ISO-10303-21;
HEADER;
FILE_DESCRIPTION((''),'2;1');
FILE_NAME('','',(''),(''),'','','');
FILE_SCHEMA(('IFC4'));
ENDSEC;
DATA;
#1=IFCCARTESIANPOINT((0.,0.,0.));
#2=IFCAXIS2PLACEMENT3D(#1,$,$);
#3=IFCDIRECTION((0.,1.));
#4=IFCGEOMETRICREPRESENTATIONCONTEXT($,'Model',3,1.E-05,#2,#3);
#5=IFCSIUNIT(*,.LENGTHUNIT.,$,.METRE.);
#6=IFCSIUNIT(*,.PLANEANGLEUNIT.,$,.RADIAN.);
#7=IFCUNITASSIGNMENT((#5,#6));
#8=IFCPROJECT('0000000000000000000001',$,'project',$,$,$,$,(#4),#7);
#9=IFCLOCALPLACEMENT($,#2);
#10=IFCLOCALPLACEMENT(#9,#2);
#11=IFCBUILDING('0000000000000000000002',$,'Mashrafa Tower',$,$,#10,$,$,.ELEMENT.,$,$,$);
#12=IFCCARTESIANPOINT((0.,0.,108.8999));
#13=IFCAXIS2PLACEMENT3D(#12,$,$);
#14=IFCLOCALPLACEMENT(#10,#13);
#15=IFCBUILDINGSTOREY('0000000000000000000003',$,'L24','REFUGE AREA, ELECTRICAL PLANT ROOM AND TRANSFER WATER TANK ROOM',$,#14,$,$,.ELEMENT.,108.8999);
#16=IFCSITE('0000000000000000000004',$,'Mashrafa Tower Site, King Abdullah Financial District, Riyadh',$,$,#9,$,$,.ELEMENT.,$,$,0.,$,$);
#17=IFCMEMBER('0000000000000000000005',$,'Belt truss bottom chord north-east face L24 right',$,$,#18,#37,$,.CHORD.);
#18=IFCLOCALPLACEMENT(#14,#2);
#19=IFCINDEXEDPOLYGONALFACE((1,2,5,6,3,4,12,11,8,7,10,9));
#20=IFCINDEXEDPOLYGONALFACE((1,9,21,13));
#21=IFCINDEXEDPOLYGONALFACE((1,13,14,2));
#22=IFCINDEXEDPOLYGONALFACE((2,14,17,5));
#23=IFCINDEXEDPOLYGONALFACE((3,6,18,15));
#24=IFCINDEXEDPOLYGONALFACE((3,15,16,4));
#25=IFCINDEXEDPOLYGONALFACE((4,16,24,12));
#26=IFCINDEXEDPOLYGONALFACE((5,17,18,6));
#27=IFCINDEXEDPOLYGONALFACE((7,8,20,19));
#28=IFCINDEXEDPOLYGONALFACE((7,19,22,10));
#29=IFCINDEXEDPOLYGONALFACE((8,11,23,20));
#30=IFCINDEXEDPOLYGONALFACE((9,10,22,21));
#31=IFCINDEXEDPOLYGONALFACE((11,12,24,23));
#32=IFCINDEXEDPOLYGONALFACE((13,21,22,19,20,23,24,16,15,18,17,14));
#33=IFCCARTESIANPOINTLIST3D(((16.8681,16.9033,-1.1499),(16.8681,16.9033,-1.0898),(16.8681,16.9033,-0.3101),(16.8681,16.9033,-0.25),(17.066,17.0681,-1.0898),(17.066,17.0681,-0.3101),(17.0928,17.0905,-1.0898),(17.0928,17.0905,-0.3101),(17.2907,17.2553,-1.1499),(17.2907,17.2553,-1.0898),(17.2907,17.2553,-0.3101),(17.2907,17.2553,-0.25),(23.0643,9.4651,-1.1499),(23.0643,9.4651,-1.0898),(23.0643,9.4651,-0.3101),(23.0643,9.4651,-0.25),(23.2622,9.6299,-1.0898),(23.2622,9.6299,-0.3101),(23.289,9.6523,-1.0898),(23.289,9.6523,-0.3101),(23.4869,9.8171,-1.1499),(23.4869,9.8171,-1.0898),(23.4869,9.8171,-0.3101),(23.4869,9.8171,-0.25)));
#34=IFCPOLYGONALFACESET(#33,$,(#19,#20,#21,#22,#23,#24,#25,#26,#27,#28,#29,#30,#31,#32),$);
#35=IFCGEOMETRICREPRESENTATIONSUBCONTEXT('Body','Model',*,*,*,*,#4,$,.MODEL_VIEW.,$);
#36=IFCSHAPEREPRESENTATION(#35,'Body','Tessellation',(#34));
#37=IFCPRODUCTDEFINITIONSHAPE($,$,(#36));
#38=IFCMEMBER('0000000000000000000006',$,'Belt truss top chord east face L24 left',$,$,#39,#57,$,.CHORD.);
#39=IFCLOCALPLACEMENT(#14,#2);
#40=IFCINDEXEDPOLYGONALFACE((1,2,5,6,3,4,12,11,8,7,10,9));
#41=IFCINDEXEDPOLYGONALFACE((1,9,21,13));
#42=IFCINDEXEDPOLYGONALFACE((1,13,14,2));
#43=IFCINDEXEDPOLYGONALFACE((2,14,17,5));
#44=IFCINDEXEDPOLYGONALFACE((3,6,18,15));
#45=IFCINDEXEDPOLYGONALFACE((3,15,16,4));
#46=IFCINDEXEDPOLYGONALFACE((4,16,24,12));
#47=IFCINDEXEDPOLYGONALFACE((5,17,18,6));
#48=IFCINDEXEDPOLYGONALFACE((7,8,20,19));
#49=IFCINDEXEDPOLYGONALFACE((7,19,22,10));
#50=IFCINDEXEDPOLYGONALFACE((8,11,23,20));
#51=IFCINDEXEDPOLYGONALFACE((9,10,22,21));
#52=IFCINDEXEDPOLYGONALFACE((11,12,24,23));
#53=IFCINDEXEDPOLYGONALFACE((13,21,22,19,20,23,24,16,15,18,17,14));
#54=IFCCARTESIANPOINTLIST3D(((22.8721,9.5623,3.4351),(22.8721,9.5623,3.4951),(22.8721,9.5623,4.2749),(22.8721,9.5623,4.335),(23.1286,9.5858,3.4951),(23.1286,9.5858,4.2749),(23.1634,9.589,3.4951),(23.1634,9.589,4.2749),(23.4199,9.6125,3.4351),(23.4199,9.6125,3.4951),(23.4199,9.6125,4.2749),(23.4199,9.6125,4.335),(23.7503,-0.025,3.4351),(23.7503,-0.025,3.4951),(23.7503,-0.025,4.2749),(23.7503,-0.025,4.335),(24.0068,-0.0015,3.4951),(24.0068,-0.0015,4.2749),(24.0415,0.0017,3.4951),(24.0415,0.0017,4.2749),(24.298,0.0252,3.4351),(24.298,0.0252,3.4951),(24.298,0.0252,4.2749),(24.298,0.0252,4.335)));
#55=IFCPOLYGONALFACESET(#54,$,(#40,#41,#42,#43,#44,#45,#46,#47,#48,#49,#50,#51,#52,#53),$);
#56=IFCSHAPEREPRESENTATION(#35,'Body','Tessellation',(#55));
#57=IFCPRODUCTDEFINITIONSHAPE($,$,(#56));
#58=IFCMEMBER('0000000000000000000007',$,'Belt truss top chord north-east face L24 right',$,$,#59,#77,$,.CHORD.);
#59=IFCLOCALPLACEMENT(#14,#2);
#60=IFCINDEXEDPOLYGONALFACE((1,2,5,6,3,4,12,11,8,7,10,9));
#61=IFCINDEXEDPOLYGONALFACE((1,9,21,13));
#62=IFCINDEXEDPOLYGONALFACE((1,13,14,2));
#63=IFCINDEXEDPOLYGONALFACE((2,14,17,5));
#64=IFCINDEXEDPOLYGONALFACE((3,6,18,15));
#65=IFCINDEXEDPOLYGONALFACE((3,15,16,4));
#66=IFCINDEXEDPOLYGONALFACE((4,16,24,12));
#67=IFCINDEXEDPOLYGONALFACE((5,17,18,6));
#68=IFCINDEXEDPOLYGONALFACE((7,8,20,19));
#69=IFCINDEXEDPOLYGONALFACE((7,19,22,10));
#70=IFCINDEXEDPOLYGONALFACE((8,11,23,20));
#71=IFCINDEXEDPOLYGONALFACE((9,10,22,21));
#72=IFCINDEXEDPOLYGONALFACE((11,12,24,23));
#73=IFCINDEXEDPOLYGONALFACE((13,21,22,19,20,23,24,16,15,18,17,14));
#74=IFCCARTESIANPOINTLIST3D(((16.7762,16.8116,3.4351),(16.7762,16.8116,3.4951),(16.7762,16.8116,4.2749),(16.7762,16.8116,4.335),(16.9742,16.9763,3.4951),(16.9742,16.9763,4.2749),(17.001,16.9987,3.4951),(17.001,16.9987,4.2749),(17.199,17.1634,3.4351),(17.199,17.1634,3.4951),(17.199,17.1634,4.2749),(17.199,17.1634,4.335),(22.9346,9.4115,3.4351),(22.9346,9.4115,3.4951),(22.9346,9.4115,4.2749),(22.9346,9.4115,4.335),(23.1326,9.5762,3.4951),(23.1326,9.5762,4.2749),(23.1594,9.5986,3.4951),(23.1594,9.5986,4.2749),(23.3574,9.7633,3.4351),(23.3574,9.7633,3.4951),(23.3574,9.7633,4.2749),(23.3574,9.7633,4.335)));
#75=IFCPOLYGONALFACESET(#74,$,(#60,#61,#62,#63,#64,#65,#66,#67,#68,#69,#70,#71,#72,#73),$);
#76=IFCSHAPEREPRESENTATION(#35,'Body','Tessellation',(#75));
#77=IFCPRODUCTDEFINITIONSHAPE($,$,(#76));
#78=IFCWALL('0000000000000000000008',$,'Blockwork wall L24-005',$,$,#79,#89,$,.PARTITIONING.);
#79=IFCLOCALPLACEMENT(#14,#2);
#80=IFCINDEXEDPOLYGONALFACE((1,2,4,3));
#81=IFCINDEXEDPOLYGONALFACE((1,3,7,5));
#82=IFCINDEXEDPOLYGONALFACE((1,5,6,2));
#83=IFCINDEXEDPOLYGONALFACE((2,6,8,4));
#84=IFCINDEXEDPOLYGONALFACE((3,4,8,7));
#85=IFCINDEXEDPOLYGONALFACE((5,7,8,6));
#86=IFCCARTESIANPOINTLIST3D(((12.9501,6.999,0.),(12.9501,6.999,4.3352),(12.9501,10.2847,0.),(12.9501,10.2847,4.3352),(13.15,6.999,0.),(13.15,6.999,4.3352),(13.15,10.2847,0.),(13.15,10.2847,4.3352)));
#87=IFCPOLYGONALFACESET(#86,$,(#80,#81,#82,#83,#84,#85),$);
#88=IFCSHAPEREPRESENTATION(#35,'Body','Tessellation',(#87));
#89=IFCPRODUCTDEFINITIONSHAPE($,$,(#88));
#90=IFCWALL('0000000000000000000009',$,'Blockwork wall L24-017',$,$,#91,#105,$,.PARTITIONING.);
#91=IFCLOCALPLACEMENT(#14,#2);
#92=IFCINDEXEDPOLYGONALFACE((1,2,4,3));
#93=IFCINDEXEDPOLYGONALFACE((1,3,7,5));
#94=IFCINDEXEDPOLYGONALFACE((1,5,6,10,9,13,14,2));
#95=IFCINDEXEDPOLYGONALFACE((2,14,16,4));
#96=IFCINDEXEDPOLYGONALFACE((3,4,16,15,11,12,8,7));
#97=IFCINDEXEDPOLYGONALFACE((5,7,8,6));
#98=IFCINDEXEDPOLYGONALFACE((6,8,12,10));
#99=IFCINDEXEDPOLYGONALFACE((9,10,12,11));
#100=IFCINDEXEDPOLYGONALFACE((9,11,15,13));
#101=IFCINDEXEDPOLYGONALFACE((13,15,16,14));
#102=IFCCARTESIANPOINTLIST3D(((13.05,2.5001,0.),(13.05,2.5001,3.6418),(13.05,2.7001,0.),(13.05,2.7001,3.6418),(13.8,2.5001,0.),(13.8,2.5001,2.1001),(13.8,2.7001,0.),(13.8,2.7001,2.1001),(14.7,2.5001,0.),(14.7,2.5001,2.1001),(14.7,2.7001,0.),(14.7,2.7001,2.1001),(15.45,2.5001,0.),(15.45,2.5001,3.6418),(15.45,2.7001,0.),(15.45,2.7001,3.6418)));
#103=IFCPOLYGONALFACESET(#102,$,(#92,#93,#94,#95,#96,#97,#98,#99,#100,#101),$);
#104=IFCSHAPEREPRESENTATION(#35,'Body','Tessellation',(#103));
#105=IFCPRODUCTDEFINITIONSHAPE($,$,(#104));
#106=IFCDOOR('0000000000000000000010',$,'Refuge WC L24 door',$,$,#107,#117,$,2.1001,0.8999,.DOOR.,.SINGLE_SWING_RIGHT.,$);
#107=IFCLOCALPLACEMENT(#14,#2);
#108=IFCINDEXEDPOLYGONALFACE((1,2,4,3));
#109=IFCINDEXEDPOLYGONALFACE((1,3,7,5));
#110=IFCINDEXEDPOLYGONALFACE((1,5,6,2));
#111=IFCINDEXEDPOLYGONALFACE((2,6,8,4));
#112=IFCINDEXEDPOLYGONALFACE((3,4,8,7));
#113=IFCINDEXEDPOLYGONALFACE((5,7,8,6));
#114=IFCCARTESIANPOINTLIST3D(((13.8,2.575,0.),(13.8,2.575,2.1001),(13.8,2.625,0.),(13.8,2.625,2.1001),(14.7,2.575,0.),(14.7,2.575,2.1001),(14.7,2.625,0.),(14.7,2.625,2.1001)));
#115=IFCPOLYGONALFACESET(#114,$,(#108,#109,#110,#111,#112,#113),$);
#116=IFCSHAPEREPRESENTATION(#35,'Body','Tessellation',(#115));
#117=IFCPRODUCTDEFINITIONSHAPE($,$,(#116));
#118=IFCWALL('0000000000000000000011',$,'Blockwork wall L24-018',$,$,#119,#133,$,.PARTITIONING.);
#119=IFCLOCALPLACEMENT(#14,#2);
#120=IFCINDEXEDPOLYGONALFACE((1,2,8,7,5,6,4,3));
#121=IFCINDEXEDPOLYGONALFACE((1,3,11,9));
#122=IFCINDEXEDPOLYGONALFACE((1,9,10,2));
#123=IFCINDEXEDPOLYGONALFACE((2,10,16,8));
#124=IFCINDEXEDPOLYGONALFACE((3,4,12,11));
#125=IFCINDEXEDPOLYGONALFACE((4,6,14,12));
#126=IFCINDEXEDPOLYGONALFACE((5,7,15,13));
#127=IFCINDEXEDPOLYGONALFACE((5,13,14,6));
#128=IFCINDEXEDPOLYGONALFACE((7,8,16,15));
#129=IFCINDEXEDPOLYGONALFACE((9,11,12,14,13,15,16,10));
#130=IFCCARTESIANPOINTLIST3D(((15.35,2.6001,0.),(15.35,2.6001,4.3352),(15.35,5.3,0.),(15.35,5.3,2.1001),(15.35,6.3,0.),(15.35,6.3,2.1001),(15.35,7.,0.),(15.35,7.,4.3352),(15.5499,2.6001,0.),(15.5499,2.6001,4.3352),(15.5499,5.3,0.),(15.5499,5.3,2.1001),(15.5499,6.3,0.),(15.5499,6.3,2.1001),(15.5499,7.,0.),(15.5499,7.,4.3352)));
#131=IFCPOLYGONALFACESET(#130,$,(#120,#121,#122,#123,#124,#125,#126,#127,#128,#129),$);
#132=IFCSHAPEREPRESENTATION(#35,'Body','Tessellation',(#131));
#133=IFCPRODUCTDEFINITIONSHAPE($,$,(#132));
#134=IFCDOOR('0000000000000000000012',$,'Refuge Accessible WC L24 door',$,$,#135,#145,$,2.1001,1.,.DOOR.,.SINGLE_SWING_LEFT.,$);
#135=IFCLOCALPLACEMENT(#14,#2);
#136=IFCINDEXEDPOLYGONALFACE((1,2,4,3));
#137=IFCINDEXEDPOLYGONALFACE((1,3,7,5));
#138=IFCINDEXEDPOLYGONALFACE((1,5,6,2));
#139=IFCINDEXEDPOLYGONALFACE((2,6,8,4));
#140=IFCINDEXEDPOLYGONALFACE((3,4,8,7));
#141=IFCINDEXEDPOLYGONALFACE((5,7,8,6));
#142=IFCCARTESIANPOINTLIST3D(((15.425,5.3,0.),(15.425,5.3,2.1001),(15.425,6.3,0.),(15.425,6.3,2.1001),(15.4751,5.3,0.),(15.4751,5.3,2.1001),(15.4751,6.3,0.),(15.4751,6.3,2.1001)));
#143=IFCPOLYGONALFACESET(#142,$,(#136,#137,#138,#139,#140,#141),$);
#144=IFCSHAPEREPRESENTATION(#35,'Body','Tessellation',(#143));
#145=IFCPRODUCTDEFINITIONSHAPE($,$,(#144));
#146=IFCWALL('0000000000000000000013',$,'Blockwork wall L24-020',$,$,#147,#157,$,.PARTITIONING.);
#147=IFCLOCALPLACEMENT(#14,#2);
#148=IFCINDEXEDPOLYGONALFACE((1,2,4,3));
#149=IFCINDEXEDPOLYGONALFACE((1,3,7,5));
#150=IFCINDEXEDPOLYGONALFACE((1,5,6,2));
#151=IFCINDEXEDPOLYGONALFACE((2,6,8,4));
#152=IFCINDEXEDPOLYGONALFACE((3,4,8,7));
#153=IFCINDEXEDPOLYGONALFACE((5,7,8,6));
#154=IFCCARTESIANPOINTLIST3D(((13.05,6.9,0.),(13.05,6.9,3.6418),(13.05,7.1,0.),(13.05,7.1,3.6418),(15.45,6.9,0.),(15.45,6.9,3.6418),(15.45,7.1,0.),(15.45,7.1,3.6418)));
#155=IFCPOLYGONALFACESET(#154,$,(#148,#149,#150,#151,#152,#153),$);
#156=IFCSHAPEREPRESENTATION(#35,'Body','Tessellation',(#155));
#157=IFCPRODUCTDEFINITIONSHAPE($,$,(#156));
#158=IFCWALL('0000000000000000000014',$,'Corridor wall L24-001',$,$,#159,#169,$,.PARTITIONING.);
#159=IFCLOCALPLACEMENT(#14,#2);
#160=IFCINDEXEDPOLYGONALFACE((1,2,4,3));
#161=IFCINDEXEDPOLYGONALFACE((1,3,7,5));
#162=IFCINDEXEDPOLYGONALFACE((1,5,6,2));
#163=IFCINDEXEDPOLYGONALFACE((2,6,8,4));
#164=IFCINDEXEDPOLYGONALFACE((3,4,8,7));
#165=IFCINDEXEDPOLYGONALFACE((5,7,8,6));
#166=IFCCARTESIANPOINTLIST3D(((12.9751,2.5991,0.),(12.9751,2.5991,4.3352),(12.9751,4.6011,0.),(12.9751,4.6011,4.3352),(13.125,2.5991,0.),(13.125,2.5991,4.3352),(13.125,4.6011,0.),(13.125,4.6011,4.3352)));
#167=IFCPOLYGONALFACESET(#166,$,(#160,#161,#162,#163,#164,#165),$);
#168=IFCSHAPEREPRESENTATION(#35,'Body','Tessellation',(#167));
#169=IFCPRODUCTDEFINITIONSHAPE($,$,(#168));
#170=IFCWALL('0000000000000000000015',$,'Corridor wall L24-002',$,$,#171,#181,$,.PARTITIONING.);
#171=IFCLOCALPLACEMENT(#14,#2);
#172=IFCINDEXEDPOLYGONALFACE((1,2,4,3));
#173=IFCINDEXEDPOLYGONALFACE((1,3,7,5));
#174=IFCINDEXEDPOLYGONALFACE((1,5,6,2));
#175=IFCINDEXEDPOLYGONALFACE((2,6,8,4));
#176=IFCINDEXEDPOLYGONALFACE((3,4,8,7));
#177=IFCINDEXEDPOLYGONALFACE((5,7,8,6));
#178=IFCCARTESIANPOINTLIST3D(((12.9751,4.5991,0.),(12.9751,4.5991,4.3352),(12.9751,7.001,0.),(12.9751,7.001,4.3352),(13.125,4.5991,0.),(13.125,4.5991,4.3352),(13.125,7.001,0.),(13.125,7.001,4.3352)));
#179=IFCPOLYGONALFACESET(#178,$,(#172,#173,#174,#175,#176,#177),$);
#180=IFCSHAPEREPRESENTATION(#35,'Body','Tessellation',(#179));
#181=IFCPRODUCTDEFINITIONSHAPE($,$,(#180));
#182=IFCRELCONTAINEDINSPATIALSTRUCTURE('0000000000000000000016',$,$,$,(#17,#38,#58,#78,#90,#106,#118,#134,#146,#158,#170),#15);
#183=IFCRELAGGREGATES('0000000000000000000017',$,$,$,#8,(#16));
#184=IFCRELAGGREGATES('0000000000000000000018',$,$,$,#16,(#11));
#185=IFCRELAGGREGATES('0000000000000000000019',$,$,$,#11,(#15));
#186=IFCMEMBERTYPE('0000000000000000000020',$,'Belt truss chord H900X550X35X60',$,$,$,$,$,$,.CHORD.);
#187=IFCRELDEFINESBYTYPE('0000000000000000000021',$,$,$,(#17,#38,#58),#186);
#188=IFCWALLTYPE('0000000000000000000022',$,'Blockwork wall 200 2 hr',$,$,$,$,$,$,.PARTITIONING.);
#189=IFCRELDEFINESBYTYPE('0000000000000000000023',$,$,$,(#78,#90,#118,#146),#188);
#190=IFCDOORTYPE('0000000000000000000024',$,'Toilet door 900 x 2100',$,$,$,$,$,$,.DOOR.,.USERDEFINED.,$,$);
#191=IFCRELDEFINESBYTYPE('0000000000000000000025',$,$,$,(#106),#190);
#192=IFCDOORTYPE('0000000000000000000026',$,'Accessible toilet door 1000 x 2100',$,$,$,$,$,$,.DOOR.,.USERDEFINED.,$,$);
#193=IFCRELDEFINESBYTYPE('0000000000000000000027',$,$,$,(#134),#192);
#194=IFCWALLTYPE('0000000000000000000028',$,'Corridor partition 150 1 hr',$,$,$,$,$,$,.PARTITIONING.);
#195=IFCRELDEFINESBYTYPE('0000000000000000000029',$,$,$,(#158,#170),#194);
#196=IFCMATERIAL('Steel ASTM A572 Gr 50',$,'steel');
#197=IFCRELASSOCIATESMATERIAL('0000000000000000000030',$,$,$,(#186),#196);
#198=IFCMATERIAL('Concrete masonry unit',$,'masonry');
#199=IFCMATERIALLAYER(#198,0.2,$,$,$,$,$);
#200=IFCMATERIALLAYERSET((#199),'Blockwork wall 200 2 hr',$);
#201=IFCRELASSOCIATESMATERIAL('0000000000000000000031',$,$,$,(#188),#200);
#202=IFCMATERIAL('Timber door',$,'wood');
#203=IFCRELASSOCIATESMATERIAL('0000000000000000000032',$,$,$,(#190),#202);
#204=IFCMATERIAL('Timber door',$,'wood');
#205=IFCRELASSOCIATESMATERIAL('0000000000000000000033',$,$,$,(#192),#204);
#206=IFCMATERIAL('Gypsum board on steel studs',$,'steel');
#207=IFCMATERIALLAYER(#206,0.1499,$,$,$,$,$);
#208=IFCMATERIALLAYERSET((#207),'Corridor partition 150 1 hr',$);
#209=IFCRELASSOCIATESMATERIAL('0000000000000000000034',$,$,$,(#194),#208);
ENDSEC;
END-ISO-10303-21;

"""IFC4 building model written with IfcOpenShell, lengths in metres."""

from ifc_helpers import new_model, si_unit, direction, frame, frame_2d, origin, origin_2d, place, context, subcontext, project, spatial, rectangle, i_section, extrude, source, transform, mapped, material, layer, layer_set, material_profile, profile_set, type_object, type_shapes, element, fill, save


model = new_model("IFC4")

# Units and contexts
model_context = context("Model", 3, precision=1e-05, world=origin(), true_north=direction((0.0, 1.0)))
body_context = subcontext(model_context, "Body", "Model", "MODEL_VIEW")
ifc_project = project(units=[si_unit("LENGTHUNIT", "METRE"), si_unit("PLANEANGLEUNIT", "RADIAN")], contexts=[model_context])

# Site, building, storey
site_placement = place(None, origin())
site = spatial("IfcSite", under=ifc_project, at=site_placement, Name="Mashrafa Tower Site, King Abdullah Financial District, Riyadh", CompositionType="ELEMENT", RefElevation=0.0)
building_placement = place(site_placement, origin())
building = spatial("IfcBuilding", under=site, at=building_placement, Name="Mashrafa Tower", CompositionType="ELEMENT")
storey_placement = place(building_placement, frame((0.0, 0.0, 108.8999)))
storey = spatial("IfcBuildingStorey", under=building, at=storey_placement, Name="L24", Description="REFUGE AREA, ELECTRICAL PLANT ROOM AND TRANSFER WATER TANK ROOM", CompositionType="ELEMENT", Elevation=108.8999)

# Members
ifc_material_1 = material(Name="Steel ASTM A572 Gr 50", Category="steel")
ifc_material_profile_1 = material_profile(ifc_material_1, i_section(OverallWidth=0.55, OverallDepth=0.8999, WebThickness=0.0349, FlangeThickness=0.0601, at=origin_2d()), Name="H900X550X35X60")
ifc_profile_set_1 = profile_set([ifc_material_profile_1], Name="Steel ASTM A572 Gr 50")
member_type = type_object("IfcMemberType", Name="Belt truss chord H900X550X35X60", PredefinedType="CHORD", material=ifc_profile_set_1)
shared_shape_1 = source(origin(), body_context, "Body", "SweptSolid", [
    extrude(i_section(OverallWidth=0.55, OverallDepth=0.8999, WebThickness=0.0349, FlangeThickness=0.0601, at=origin_2d()), origin(), (0.0, 0.0, 1.0), 9.6809),
])
for number, where, z_axis, x_axis, name in (
    (1, (23.2756, 9.6411, -0.7), (-0.640048, 0.768335, 0.0), (-0.768335, -0.640048, 0.0), "Belt truss bottom chord north-east face L24 right"),
):
    element("IfcMember", number, at=place(storey_placement, frame(where, z_axis=z_axis, x_axis=x_axis)), inside=storey, type_object=member_type, Name=name, PredefinedType="CHORD", context=body_context, shape_type="MappedRepresentation", body=[
        mapped(shared_shape_1, transform((0.0, 0.0, 0.0))),
    ])
shared_shape_2 = source(origin(), body_context, "Body", "SweptSolid", [
    extrude(i_section(OverallWidth=0.55, OverallDepth=0.8999, WebThickness=0.0349, FlangeThickness=0.0601, at=origin_2d()), origin(), (0.0, 0.0, 1.0), 9.6274),
])
type_shapes(member_type, [shared_shape_1, shared_shape_2])
for number, where, z_axis, x_axis, name in (
    (2, (23.146, 9.5874, 3.885), (0.091215, -0.995831, 0.0), (0.995831, 0.091215, 0.0), "Belt truss top chord east face L24 left"),
    (3, (23.146, 9.5874, 3.885), (-0.639673, 0.768647, 0.0), (-0.768647, -0.639673, 0.0), "Belt truss top chord north-east face L24 right"),
):
    element("IfcMember", number, at=place(storey_placement, frame(where, z_axis=z_axis, x_axis=x_axis)), inside=storey, type_object=member_type, Name=name, PredefinedType="CHORD", context=body_context, shape_type="MappedRepresentation", body=[
        mapped(shared_shape_2, transform((0.0, 0.0, 0.0))),
    ])

# Wall
ifc_material_2 = material(Name="Concrete masonry unit", Category="masonry")
ifc_layer_1 = layer(ifc_material_2, 0.2)
ifc_layer_set_1 = layer_set([ifc_layer_1], Name="Blockwork wall 200 2 hr")
wall_type_1 = type_object("IfcWallType", Name="Blockwork wall 200 2 hr", PredefinedType="PARTITIONING", material=ifc_layer_set_1)
wall_1_placement = place(storey_placement, frame((13.05, 6.999, 0.0), z_axis=(0.0, 0.0, 1.0), x_axis=(0.0, 1.0, 0.0)))
element("IfcWall", 4, at=wall_1_placement, inside=storey, type_object=wall_type_1, Name="Blockwork wall L24-005", PredefinedType="PARTITIONING", context=body_context, shape_type="SweptSolid", body=[
    extrude(rectangle(XDim=3.2856, YDim=0.2, at=frame_2d((1.6428, 0.0))), origin(), (0.0, 0.0, 1.0), 4.3352),
])

# Walls, openings, doors
wall_2_placement = place(storey_placement, frame((13.05, 2.6001, 0.0), z_axis=(0.0, 0.0, 1.0), x_axis=(1.0, 0.0, 0.0)))
wall_2 = element("IfcWall", 5, at=wall_2_placement, inside=storey, type_object=wall_type_1, Name="Blockwork wall L24-017", PredefinedType="PARTITIONING", context=body_context, shape_type="SweptSolid", body=[
    extrude(rectangle(XDim=2.3999, YDim=0.2, at=frame_2d((1.2, 0.0))), origin(), (0.0, 0.0, 1.0), 3.6418),
])
opening_1_placement = place(wall_2_placement, frame((0.75, 0.0, 0.0)))
opening_1 = element("IfcOpeningElement", 6, at=opening_1_placement, cuts=wall_2, PredefinedType="OPENING", context=body_context, shape_type="SweptSolid", body=[
    extrude(rectangle(XDim=0.8999, YDim=2.1001, at=frame_2d((0.45, 1.05))), frame((0.0, 0.1099, 0.0), z_axis=(0.0, -1.0, 0.0), x_axis=(1.0, 0.0, 0.0)), (0.0, 0.0, 1.0), 0.22),
])
ifc_material_3 = material(Name="Timber door", Category="wood")
door_type_1 = type_object("IfcDoorType", Name="Toilet door 900 x 2100", OperationType="USERDEFINED", PredefinedType="DOOR", material=ifc_material_3)
door_1_placement = place(opening_1_placement, origin())
door_1 = element("IfcDoor", 7, at=door_1_placement, inside=storey, type_object=door_type_1, Name="Refuge WC L24 door", OperationType="SINGLE_SWING_RIGHT", OverallHeight=2.1001, OverallWidth=0.8999, PredefinedType="DOOR", context=body_context, shape_type="SweptSolid", body=[
    extrude(rectangle(XDim=0.8999, YDim=2.1001, at=frame_2d((0.45, 1.05))), frame((0.0, 0.0249, 0.0), z_axis=(0.0, -1.0, 0.0), x_axis=(1.0, 0.0, 0.0)), (0.0, 0.0, 1.0), 0.05),
])
fill(opening_1, door_1)
wall_3_placement = place(storey_placement, frame((15.45, 2.6001, 0.0), z_axis=(0.0, 0.0, 1.0), x_axis=(0.0, 1.0, 0.0)))
wall_3 = element("IfcWall", 8, at=wall_3_placement, inside=storey, type_object=wall_type_1, Name="Blockwork wall L24-018", PredefinedType="PARTITIONING", context=body_context, shape_type="SweptSolid", body=[
    extrude(rectangle(XDim=4.3999, YDim=0.2, at=frame_2d((2.2, 0.0))), origin(), (0.0, 0.0, 1.0), 4.3352),
])
opening_2_placement = place(wall_3_placement, frame((2.7, 0.0, 0.0)))
opening_2 = element("IfcOpeningElement", 9, at=opening_2_placement, cuts=wall_3, PredefinedType="OPENING", context=body_context, shape_type="SweptSolid", body=[
    extrude(rectangle(XDim=1.0, YDim=2.1001, at=frame_2d((0.5, 1.05))), frame((0.0, 0.1099, 0.0), z_axis=(0.0, -1.0, 0.0), x_axis=(1.0, 0.0, 0.0)), (0.0, 0.0, 1.0), 0.22),
])
ifc_material_4 = material(Name="Timber door", Category="wood")
door_type_2 = type_object("IfcDoorType", Name="Accessible toilet door 1000 x 2100", OperationType="USERDEFINED", PredefinedType="DOOR", material=ifc_material_4)
door_2_placement = place(opening_2_placement, origin())
door_2 = element("IfcDoor", 10, at=door_2_placement, inside=storey, type_object=door_type_2, Name="Refuge Accessible WC L24 door", OperationType="SINGLE_SWING_LEFT", OverallHeight=2.1001, OverallWidth=1.0, PredefinedType="DOOR", context=body_context, shape_type="SweptSolid", body=[
    extrude(rectangle(XDim=1.0, YDim=2.1001, at=frame_2d((0.5, 1.05))), frame((0.0, 0.0249, 0.0), z_axis=(0.0, -1.0, 0.0), x_axis=(1.0, 0.0, 0.0)), (0.0, 0.0, 1.0), 0.05),
])
fill(opening_2, door_2)

# Walls
wall_4_placement = place(storey_placement, frame((15.45, 7.0, 0.0), z_axis=(0.0, 0.0, 1.0), x_axis=(-1.0, 0.0, 0.0)))
element("IfcWall", 11, at=wall_4_placement, inside=storey, type_object=wall_type_1, Name="Blockwork wall L24-020", PredefinedType="PARTITIONING", context=body_context, shape_type="SweptSolid", body=[
    extrude(rectangle(XDim=2.3999, YDim=0.2, at=frame_2d((1.2, 0.0))), origin(), (0.0, 0.0, 1.0), 3.6418),
])
ifc_material_5 = material(Name="Gypsum board on steel studs", Category="steel")
ifc_layer_2 = layer(ifc_material_5, 0.1499)
ifc_layer_set_2 = layer_set([ifc_layer_2], Name="Corridor partition 150 1 hr")
wall_type_2 = type_object("IfcWallType", Name="Corridor partition 150 1 hr", PredefinedType="PARTITIONING", material=ifc_layer_set_2)
wall_5_placement = place(storey_placement, frame((13.05, 2.5991, 0.0), z_axis=(0.0, 0.0, 1.0), x_axis=(0.0, 1.0, 0.0)))
element("IfcWall", 12, at=wall_5_placement, inside=storey, type_object=wall_type_2, Name="Corridor wall L24-001", PredefinedType="PARTITIONING", context=body_context, shape_type="SweptSolid", body=[
    extrude(rectangle(XDim=2.002, YDim=0.1499, at=frame_2d((1.001, 0.0))), origin(), (0.0, 0.0, 1.0), 4.3352),
])
wall_6_placement = place(storey_placement, frame((13.05, 4.5991, 0.0), z_axis=(0.0, 0.0, 1.0), x_axis=(0.0, 1.0, 0.0)))
element("IfcWall", 13, at=wall_6_placement, inside=storey, type_object=wall_type_2, Name="Corridor wall L24-002", PredefinedType="PARTITIONING", context=body_context, shape_type="SweptSolid", body=[
    extrude(rectangle(XDim=2.4019, YDim=0.1499, at=frame_2d((1.2009, 0.0))), origin(), (0.0, 0.0, 1.0), 4.3352),
])

save(model, "model.ifc")
